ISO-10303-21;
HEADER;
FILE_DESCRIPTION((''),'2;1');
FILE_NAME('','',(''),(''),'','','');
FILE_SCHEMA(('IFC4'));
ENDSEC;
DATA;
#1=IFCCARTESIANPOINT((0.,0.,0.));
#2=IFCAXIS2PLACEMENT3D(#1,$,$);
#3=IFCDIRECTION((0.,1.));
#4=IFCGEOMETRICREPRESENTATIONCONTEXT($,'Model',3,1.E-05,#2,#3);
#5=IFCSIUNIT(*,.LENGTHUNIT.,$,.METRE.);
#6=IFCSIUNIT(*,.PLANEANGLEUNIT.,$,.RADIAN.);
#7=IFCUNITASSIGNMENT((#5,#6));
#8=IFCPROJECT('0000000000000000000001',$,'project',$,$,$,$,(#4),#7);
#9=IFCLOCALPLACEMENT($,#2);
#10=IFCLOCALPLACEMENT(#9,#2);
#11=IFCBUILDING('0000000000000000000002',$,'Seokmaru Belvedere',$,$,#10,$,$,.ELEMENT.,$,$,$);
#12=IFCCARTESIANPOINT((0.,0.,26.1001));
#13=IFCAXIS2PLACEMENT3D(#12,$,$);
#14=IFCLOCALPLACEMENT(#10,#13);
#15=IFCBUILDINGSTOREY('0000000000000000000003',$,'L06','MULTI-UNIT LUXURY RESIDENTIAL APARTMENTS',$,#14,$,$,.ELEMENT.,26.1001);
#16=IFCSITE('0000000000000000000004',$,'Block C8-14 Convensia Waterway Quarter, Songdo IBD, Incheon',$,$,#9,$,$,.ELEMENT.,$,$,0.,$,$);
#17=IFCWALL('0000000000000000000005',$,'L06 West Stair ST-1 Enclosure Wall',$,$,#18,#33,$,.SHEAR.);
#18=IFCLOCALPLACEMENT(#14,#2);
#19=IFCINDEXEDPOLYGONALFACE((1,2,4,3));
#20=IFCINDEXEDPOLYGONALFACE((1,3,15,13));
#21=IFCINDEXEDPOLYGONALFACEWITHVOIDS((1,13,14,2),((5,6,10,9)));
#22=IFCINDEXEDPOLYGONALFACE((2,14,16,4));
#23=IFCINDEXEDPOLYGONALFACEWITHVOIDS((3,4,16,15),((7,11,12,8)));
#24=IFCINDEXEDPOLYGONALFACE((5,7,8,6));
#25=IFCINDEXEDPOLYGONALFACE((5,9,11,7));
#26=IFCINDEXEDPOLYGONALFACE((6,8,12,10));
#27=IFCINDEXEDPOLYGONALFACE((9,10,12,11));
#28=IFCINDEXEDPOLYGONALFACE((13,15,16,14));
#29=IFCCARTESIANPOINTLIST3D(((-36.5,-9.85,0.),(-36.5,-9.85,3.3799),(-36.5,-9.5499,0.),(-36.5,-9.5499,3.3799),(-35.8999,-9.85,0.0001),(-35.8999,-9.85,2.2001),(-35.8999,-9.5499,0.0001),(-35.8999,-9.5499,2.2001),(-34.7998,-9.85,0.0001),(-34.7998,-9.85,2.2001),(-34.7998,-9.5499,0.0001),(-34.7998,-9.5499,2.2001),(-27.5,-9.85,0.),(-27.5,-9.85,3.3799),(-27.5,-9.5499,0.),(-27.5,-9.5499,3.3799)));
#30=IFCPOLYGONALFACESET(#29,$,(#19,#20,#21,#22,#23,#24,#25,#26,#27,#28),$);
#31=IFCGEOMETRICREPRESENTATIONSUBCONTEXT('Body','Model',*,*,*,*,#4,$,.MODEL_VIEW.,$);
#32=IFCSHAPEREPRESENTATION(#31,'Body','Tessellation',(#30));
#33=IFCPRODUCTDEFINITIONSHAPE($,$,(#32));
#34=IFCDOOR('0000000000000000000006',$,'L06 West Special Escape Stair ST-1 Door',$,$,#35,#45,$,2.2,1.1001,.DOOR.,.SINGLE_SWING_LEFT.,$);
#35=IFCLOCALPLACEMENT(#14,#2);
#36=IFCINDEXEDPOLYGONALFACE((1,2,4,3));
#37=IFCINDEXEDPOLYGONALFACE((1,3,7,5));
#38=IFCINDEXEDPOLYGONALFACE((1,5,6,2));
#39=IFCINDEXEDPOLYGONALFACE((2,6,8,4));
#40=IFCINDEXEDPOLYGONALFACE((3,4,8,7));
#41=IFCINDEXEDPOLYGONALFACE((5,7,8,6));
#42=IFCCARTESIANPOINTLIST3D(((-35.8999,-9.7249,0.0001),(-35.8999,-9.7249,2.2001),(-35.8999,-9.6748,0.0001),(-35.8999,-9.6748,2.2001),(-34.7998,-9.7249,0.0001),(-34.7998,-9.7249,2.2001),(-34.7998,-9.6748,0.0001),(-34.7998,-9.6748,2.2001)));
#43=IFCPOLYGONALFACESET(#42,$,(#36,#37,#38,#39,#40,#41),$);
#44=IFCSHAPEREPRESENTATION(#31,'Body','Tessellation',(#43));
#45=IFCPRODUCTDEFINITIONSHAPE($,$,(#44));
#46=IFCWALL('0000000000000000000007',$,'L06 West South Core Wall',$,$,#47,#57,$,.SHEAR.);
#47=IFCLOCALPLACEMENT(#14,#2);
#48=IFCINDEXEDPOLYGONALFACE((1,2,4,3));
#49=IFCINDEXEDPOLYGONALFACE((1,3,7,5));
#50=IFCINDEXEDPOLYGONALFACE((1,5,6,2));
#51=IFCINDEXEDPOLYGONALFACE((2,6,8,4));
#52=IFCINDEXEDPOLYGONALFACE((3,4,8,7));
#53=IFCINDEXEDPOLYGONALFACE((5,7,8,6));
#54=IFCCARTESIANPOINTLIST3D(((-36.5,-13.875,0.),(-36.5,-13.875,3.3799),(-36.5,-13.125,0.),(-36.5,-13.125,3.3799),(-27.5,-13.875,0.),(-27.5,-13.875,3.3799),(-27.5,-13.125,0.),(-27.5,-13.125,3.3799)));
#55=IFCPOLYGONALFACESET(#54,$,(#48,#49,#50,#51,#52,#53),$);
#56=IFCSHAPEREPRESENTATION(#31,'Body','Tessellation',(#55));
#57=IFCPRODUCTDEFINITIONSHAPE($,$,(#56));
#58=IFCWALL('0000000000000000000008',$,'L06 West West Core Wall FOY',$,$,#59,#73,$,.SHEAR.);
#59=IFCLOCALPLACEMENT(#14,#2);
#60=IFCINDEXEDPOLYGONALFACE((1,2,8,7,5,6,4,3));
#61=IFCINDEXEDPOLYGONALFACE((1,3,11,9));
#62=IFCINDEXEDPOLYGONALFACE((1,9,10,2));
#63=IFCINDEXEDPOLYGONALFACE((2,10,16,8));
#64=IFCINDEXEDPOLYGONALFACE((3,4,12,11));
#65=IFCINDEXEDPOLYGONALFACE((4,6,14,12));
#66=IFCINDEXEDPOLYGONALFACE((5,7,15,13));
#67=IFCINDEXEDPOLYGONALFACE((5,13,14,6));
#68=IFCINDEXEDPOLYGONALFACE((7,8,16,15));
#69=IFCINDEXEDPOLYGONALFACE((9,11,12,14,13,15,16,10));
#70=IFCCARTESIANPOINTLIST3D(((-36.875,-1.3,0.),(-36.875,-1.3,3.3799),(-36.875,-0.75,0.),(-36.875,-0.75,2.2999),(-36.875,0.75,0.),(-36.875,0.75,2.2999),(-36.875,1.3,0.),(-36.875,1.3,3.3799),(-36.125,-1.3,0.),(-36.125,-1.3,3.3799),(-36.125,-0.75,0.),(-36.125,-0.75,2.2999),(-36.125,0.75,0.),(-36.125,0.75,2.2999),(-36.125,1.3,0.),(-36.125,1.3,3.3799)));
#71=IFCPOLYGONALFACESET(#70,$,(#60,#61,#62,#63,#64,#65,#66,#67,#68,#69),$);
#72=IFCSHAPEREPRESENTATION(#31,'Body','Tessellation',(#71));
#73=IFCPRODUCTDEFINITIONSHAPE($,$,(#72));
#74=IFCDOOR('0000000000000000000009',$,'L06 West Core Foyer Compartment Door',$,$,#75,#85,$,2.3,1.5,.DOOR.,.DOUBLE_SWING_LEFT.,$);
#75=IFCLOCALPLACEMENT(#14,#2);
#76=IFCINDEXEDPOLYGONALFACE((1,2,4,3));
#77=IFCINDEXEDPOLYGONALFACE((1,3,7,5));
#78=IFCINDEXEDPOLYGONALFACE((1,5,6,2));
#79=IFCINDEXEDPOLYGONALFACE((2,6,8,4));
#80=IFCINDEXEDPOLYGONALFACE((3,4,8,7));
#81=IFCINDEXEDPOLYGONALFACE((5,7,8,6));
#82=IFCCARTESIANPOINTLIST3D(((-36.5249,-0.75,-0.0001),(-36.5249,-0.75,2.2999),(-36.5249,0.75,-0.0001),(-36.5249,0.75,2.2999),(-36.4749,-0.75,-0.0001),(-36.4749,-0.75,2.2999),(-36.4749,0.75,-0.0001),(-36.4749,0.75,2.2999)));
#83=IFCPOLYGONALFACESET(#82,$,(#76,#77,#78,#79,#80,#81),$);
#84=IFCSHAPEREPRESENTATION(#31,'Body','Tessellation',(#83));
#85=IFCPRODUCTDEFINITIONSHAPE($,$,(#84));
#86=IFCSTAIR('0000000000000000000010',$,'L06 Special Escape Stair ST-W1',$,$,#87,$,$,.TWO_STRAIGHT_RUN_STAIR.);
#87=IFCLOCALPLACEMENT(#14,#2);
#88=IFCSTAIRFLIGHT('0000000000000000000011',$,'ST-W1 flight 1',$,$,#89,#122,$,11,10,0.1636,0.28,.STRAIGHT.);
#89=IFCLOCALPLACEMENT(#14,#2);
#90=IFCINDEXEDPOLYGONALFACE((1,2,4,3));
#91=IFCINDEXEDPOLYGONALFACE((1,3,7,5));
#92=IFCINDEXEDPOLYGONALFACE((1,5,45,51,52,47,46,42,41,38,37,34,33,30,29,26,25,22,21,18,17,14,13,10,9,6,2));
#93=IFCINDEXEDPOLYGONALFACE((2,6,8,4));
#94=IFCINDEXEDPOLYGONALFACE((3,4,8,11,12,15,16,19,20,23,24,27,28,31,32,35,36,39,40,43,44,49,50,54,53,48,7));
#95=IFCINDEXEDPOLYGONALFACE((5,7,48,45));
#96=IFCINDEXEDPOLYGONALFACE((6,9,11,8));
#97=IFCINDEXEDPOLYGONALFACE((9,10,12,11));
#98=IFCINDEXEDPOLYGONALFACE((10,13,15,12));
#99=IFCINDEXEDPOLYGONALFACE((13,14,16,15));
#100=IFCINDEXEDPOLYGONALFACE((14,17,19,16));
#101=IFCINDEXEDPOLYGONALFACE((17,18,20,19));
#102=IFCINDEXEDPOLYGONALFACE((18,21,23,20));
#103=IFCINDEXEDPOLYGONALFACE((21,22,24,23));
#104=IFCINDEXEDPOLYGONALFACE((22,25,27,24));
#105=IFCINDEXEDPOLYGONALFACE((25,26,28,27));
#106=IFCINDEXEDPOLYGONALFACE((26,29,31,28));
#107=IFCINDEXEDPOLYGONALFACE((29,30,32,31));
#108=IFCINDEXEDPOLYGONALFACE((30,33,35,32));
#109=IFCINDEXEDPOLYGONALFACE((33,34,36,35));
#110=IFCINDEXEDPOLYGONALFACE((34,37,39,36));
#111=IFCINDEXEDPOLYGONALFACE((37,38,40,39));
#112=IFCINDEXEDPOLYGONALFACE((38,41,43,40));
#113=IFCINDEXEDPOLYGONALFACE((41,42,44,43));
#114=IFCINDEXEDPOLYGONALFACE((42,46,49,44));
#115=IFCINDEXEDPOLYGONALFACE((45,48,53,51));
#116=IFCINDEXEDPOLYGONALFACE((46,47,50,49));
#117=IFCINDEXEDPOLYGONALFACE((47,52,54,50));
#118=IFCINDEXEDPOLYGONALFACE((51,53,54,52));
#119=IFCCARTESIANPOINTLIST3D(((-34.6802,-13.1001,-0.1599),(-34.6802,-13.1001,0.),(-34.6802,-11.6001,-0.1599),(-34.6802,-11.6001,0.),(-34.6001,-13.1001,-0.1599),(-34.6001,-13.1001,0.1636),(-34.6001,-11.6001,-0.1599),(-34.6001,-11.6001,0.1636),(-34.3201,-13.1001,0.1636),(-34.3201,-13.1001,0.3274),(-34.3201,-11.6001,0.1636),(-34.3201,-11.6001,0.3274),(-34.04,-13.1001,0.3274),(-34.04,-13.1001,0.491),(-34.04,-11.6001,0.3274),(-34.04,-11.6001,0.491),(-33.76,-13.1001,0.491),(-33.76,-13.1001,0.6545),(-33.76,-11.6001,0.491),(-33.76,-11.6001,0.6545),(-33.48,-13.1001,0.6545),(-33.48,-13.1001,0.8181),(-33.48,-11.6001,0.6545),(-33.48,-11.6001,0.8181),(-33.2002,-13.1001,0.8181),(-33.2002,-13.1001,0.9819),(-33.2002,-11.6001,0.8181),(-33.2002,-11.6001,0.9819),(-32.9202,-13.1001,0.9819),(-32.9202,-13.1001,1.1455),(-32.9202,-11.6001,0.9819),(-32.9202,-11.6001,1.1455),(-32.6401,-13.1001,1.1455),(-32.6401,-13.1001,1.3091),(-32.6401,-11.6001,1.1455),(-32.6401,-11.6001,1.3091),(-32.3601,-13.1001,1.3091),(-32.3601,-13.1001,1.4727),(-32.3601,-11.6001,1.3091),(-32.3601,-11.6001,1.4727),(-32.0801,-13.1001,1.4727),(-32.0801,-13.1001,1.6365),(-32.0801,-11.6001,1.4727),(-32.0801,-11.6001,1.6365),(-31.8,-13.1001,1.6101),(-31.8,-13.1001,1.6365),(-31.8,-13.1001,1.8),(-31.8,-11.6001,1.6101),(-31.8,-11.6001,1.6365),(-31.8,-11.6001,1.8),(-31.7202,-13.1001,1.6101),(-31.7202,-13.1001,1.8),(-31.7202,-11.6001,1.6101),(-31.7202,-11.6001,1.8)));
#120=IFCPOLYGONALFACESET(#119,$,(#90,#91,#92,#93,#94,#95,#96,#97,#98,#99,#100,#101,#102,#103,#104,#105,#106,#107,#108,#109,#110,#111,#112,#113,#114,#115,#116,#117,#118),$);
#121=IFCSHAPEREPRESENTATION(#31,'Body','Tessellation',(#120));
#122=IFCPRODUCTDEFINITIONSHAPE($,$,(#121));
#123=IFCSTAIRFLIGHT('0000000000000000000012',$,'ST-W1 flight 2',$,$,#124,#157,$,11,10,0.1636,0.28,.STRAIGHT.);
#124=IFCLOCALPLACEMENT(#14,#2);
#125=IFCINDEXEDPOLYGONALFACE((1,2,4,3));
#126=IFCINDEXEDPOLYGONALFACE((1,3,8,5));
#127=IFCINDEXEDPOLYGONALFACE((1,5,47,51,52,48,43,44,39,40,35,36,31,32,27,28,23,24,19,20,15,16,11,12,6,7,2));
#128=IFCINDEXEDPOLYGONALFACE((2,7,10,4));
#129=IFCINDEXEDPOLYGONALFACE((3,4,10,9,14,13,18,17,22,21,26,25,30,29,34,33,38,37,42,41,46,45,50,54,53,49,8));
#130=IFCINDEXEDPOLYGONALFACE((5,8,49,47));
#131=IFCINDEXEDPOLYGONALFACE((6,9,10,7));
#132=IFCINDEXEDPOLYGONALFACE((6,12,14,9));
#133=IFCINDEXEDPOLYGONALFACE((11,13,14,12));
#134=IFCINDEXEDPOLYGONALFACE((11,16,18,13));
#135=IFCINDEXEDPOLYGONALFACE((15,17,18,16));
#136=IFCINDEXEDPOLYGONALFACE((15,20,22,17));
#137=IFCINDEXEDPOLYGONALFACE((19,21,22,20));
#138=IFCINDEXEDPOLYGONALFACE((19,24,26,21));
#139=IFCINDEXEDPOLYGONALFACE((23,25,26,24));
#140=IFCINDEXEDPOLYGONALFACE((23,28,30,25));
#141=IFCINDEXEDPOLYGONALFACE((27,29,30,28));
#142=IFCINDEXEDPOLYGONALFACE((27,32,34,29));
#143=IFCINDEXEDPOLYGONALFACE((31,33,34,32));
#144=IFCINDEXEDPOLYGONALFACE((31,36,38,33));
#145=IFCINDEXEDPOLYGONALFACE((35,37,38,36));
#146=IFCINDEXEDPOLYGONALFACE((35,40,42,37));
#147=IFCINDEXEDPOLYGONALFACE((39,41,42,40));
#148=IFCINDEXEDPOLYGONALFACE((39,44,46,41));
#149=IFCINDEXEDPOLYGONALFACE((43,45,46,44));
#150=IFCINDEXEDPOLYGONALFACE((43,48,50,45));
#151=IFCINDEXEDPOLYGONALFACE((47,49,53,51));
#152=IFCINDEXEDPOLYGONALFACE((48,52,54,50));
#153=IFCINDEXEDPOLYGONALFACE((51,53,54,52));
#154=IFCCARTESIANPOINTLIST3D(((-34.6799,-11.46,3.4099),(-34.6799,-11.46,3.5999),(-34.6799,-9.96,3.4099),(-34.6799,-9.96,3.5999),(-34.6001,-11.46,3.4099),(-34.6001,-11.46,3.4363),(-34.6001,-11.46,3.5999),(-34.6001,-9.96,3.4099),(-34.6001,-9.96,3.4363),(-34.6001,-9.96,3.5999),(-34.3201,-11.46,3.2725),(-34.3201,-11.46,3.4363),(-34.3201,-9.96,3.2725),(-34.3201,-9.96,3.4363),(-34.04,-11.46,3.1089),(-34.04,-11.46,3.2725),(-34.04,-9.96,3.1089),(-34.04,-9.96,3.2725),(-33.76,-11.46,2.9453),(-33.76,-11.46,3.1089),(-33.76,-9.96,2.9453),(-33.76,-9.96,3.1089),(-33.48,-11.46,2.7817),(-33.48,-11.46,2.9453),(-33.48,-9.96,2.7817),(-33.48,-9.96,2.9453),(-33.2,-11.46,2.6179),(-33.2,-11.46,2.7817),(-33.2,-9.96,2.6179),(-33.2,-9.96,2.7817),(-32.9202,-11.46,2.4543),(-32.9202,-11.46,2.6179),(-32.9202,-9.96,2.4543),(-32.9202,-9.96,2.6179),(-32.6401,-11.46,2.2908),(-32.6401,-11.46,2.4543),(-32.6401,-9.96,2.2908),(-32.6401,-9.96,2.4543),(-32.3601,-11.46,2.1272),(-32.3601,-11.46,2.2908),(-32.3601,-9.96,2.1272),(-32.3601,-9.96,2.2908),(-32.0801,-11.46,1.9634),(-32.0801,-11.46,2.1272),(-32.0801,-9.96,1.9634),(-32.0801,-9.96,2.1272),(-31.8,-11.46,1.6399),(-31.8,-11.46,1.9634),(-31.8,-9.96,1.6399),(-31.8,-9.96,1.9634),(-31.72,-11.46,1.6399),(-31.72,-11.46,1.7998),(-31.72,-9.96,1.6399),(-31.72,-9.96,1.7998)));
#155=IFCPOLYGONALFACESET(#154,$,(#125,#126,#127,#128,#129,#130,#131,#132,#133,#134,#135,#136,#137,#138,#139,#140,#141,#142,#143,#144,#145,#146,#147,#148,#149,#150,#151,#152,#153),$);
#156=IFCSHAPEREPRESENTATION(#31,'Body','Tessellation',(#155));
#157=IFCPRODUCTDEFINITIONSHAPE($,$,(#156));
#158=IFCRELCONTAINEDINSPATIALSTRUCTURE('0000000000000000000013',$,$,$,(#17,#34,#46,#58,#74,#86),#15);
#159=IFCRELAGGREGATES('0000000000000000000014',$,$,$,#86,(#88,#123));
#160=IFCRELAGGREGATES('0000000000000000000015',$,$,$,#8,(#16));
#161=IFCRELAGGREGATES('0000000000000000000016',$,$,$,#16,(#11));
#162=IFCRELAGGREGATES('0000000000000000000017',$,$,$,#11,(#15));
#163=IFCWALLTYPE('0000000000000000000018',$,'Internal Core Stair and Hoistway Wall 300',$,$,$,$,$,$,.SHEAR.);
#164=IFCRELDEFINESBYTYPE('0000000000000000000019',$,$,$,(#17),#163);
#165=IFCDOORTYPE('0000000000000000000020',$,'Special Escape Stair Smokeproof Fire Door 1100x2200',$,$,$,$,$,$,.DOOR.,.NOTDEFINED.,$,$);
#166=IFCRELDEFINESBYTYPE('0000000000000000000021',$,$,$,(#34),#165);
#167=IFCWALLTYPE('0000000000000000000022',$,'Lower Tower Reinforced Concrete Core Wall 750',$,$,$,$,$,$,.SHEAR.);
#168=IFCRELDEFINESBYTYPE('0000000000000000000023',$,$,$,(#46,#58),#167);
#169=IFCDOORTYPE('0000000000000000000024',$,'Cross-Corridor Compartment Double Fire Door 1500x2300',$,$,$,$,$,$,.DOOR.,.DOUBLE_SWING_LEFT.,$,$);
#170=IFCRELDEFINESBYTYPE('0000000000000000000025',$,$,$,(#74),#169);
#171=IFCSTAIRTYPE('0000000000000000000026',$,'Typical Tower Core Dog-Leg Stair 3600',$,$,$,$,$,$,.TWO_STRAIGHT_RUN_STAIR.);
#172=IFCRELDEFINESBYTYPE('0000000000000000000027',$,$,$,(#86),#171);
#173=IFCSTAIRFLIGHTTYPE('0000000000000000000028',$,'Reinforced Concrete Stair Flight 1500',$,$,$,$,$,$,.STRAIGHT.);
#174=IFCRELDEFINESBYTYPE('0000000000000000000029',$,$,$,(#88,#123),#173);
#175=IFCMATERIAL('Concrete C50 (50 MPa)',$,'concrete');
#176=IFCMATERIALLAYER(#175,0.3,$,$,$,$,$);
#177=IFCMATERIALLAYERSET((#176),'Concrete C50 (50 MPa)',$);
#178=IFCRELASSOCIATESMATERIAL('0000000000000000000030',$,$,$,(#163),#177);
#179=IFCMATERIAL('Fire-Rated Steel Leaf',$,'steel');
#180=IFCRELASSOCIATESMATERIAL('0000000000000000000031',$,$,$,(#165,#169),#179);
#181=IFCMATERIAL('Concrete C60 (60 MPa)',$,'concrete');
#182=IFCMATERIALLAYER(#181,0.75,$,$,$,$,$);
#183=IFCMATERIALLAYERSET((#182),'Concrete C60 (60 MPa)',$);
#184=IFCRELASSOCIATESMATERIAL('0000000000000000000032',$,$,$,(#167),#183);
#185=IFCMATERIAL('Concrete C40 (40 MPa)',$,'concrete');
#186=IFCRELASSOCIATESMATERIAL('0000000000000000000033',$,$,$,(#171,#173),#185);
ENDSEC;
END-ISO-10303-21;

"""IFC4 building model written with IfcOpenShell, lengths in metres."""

from ifc_helpers import new_model, si_unit, direction, frame, frame_2d, origin, place, context, subcontext, project, spatial, polyline, rectangle, outline, extrude, source, transform, mapped, material, layer, layer_set, type_object, type_shapes, element, fill, aggregate, save


model = new_model("IFC4")

# Units and contexts
model_context = context("Model", 3, precision=1e-05, world=origin(), true_north=direction((0.0, 1.0)))
body_context = subcontext(model_context, "Body", "Model", "MODEL_VIEW")
ifc_project = project(units=[si_unit("LENGTHUNIT", "METRE"), si_unit("PLANEANGLEUNIT", "RADIAN")], contexts=[model_context])

# Site, building, storey
site_placement = place(None, origin())
site = spatial("IfcSite", under=ifc_project, at=site_placement, Name="Block C8-14 Convensia Waterway Quarter, Songdo IBD, Incheon", CompositionType="ELEMENT", RefElevation=0.0)
building_placement = place(site_placement, origin())
building = spatial("IfcBuilding", under=site, at=building_placement, Name="Seokmaru Belvedere", CompositionType="ELEMENT")
storey_placement = place(building_placement, frame((0.0, 0.0, 26.1001)))
storey = spatial("IfcBuildingStorey", under=building, at=storey_placement, Name="L06", Description="MULTI-UNIT LUXURY RESIDENTIAL APARTMENTS", CompositionType="ELEMENT", Elevation=26.1001)

# Shared definitions
ifc_material_1 = material(Name="Fire-Rated Steel Leaf", Category="steel")

# Wall, opening, door
ifc_material_2 = material(Name="Concrete C50 (50 MPa)", Category="concrete")
ifc_layer_1 = layer(ifc_material_2, 0.3)
ifc_layer_set_1 = layer_set([ifc_layer_1], Name="Concrete C50 (50 MPa)")
wall_type_1 = type_object("IfcWallType", Name="Internal Core Stair and Hoistway Wall 300", PredefinedType="SHEAR", material=ifc_layer_set_1)
wall_1_placement = place(storey_placement, frame((-36.5, -9.7, 0.0), z_axis=(0.0, 0.0, 1.0), x_axis=(1.0, 0.0, 0.0)))
wall_1 = element("IfcWall", 1, at=wall_1_placement, inside=storey, type_object=wall_type_1, Name="L06 West Stair ST-1 Enclosure Wall", PredefinedType="SHEAR", context=body_context, shape_type="SweptSolid", body=[
    extrude(rectangle(XDim=9.0, YDim=0.3, at=frame_2d((4.5, 0.0))), origin(), (0.0, 0.0, 1.0), 3.3799),
])
opening_1_placement = place(wall_1_placement, frame((0.6001, 0.0, 0.0)))
opening_1 = element("IfcOpeningElement", 2, at=opening_1_placement, cuts=wall_1, PredefinedType="OPENING", context=body_context, shape_type="SweptSolid", body=[
    extrude(rectangle(XDim=1.1001, YDim=2.2, at=frame_2d((0.55, 1.1001))), frame((0.0, 0.1602, 0.0), z_axis=(0.0, -1.0, 0.0), x_axis=(1.0, 0.0, 0.0)), (0.0, 0.0, 1.0), 0.3201),
])
door_type_1 = type_object("IfcDoorType", Name="Special Escape Stair Smokeproof Fire Door 1100x2200", OperationType="NOTDEFINED", PredefinedType="DOOR", material=ifc_material_1)
shared_shape_1 = source(origin(), body_context, "Body", "SweptSolid", [
    extrude(rectangle(XDim=1.1001, YDim=2.2, at=frame_2d((0.55, 1.1001))), frame((0.0, 0.0249, 0.0), z_axis=(0.0, -1.0, 0.0), x_axis=(1.0, 0.0, 0.0)), (0.0, 0.0, 1.0), 0.05),
])
type_shapes(door_type_1, [shared_shape_1])
door_1_placement = place(opening_1_placement, frame((1.1001, 0.0, 0.0), z_axis=(0.0, 0.0, 1.0), x_axis=(-1.0, 0.0, 0.0)))
door_1 = element("IfcDoor", 3, at=door_1_placement, inside=storey, type_object=door_type_1, Name="L06 West Special Escape Stair ST-1 Door", OperationType="SINGLE_SWING_LEFT", OverallHeight=2.2, OverallWidth=1.1001, PredefinedType="DOOR", context=body_context, shape_type="MappedRepresentation", body=[
    mapped(shared_shape_1, transform((0.0, 0.0, 0.0), scale=1.0)),
])
fill(opening_1, door_1)

# Wall
ifc_material_3 = material(Name="Concrete C60 (60 MPa)", Category="concrete")
ifc_layer_2 = layer(ifc_material_3, 0.75)
ifc_layer_set_2 = layer_set([ifc_layer_2], Name="Concrete C60 (60 MPa)")
wall_type_2 = type_object("IfcWallType", Name="Lower Tower Reinforced Concrete Core Wall 750", PredefinedType="SHEAR", material=ifc_layer_set_2)
wall_2_placement = place(storey_placement, frame((-36.5, -13.5, 0.0), z_axis=(0.0, 0.0, 1.0), x_axis=(1.0, 0.0, 0.0)))
element("IfcWall", 4, at=wall_2_placement, inside=storey, type_object=wall_type_2, Name="L06 West South Core Wall", PredefinedType="SHEAR", context=body_context, shape_type="SweptSolid", body=[
    extrude(rectangle(XDim=9.0, YDim=0.75, at=frame_2d((4.5, 0.0))), origin(), (0.0, 0.0, 1.0), 3.3799),
])

# Wall, opening, door
wall_3_placement = place(storey_placement, frame((-36.5, -1.3, 0.0), z_axis=(0.0, 0.0, 1.0), x_axis=(0.0, 1.0, 0.0)))
wall_3 = element("IfcWall", 5, at=wall_3_placement, inside=storey, type_object=wall_type_2, Name="L06 West West Core Wall FOY", PredefinedType="SHEAR", context=body_context, shape_type="SweptSolid", body=[
    extrude(rectangle(XDim=2.6001, YDim=0.75, at=frame_2d((1.3, 0.0))), origin(), (0.0, 0.0, 1.0), 3.3799),
])
opening_2_placement = place(wall_3_placement, frame((0.55, 0.0, 0.0)))
opening_2 = element("IfcOpeningElement", 6, at=opening_2_placement, cuts=wall_3, PredefinedType="OPENING", context=body_context, shape_type="SweptSolid", body=[
    extrude(rectangle(XDim=1.5, YDim=2.3, at=frame_2d((0.75, 1.1499))), frame((0.0, 0.385, 0.0), z_axis=(0.0, -1.0, 0.0), x_axis=(1.0, 0.0, 0.0)), (0.0, 0.0, 1.0), 0.77),
])
door_type_2 = type_object("IfcDoorType", Name="Cross-Corridor Compartment Double Fire Door 1500x2300", OperationType="DOUBLE_SWING_LEFT", PredefinedType="DOOR", material=ifc_material_1)
shared_shape_2 = source(origin(), body_context, "Body", "SweptSolid", [
    extrude(rectangle(XDim=1.5, YDim=2.3, at=frame_2d((0.75, 1.1499))), frame((0.0, 0.0249, 0.0), z_axis=(0.0, -1.0, 0.0), x_axis=(1.0, 0.0, 0.0)), (0.0, 0.0, 1.0), 0.05),
])
type_shapes(door_type_2, [shared_shape_2])
door_2_placement = place(opening_2_placement, origin())
door_2 = element("IfcDoor", 7, at=door_2_placement, inside=storey, type_object=door_type_2, Name="L06 West Core Foyer Compartment Door", OperationType="DOUBLE_SWING_LEFT", OverallHeight=2.3, OverallWidth=1.5, PredefinedType="DOOR", context=body_context, shape_type="MappedRepresentation", body=[
    mapped(shared_shape_2, transform((0.0, 0.0, 0.0), scale=1.0)),
])
fill(opening_2, door_2)

# Stair, stair flights
ifc_material_4 = material(Name="Concrete C40 (40 MPa)", Category="concrete")
stair_type = type_object("IfcStairType", Name="Typical Tower Core Dog-Leg Stair 3600", PredefinedType="TWO_STRAIGHT_RUN_STAIR", material=ifc_material_4)
stair_placement = place(storey_placement, origin())
stair = element("IfcStair", 8, at=stair_placement, inside=storey, type_object=stair_type, Name="L06 Special Escape Stair ST-W1", PredefinedType="TWO_STRAIGHT_RUN_STAIR")
stair_flight_type = type_object("IfcStairFlightType", Name="Reinforced Concrete Stair Flight 1500", PredefinedType="STRAIGHT", material=ifc_material_4)
stair_flight_1_placement = place(storey_placement, frame((-34.6001, -12.3501, 0.0), z_axis=(0.0, 0.0, 1.0), x_axis=(1.0, 0.0, 0.0)))
stair_flight_1 = element("IfcStairFlight", 9, at=stair_flight_1_placement, type_object=stair_flight_type, Name="ST-W1 flight 1", NumberOfRisers=11, NumberOfTreads=10, PredefinedType="STRAIGHT", RiserHeight=0.1636, TreadLength=0.28, context=body_context, shape_type="SweptSolid", body=[
    extrude(outline(polyline([(-0.0801, 0.0), (0.0, 0.1636), (0.28, 0.1636), (0.28, 0.3274), (0.5601, 0.3274), (0.5601, 0.491), (0.8401, 0.491), (0.8401, 0.6545), (1.1201, 0.6545), (1.1201, 0.8181), (1.3999, 0.8181), (1.3999, 0.9819), (1.6799, 0.9819), (1.6799, 1.1455), (1.96, 1.1455), (1.96, 1.3091), (2.24, 1.3091), (2.24, 1.4727), (2.52, 1.4727), (2.52, 1.6365), (2.8, 1.6365), (2.8, 1.8), (2.8799, 1.8), (2.8799, 1.6101), (2.8, 1.6101), (0.0, -0.1599), (-0.0801, -0.1599), (-0.0801, 0.0)])), frame((0.0, 0.75, 0.0), z_axis=(0.0, -1.0, 0.0), x_axis=(1.0, 0.0, 0.0)), (0.0, 0.0, 1.0), 1.5),
])
stair_flight_2_placement = place(storey_placement, frame((-31.8, -10.71, 1.7998), z_axis=(0.0, 0.0, 1.0), x_axis=(-1.0, 0.0, 0.0)))
stair_flight_2 = element("IfcStairFlight", 10, at=stair_flight_2_placement, type_object=stair_flight_type, Name="ST-W1 flight 2", NumberOfRisers=11, NumberOfTreads=10, PredefinedType="STRAIGHT", RiserHeight=0.1636, TreadLength=0.28, context=body_context, shape_type="SweptSolid", body=[
    extrude(outline(polyline([(-0.0801, 0.0), (0.0, 0.1636), (0.28, 0.1636), (0.28, 0.3274), (0.5601, 0.3274), (0.5601, 0.491), (0.8401, 0.491), (0.8401, 0.6545), (1.1201, 0.6545), (1.1201, 0.8181), (1.3999, 0.8181), (1.3999, 0.9819), (1.6799, 0.9819), (1.6799, 1.1455), (1.96, 1.1455), (1.96, 1.3091), (2.24, 1.3091), (2.24, 1.4727), (2.52, 1.4727), (2.52, 1.6365), (2.8, 1.6365), (2.8, 1.8), (2.8799, 1.8), (2.8799, 1.6101), (2.8, 1.6101), (0.0, -0.1599), (-0.0801, -0.1599), (-0.0801, 0.0)])), frame((0.0, 0.75, 0.0), z_axis=(0.0, -1.0, 0.0), x_axis=(1.0, 0.0, 0.0)), (0.0, 0.0, 1.0), 1.5),
])
aggregate(stair, [stair_flight_1, stair_flight_2])

save(model, "model.ifc")
